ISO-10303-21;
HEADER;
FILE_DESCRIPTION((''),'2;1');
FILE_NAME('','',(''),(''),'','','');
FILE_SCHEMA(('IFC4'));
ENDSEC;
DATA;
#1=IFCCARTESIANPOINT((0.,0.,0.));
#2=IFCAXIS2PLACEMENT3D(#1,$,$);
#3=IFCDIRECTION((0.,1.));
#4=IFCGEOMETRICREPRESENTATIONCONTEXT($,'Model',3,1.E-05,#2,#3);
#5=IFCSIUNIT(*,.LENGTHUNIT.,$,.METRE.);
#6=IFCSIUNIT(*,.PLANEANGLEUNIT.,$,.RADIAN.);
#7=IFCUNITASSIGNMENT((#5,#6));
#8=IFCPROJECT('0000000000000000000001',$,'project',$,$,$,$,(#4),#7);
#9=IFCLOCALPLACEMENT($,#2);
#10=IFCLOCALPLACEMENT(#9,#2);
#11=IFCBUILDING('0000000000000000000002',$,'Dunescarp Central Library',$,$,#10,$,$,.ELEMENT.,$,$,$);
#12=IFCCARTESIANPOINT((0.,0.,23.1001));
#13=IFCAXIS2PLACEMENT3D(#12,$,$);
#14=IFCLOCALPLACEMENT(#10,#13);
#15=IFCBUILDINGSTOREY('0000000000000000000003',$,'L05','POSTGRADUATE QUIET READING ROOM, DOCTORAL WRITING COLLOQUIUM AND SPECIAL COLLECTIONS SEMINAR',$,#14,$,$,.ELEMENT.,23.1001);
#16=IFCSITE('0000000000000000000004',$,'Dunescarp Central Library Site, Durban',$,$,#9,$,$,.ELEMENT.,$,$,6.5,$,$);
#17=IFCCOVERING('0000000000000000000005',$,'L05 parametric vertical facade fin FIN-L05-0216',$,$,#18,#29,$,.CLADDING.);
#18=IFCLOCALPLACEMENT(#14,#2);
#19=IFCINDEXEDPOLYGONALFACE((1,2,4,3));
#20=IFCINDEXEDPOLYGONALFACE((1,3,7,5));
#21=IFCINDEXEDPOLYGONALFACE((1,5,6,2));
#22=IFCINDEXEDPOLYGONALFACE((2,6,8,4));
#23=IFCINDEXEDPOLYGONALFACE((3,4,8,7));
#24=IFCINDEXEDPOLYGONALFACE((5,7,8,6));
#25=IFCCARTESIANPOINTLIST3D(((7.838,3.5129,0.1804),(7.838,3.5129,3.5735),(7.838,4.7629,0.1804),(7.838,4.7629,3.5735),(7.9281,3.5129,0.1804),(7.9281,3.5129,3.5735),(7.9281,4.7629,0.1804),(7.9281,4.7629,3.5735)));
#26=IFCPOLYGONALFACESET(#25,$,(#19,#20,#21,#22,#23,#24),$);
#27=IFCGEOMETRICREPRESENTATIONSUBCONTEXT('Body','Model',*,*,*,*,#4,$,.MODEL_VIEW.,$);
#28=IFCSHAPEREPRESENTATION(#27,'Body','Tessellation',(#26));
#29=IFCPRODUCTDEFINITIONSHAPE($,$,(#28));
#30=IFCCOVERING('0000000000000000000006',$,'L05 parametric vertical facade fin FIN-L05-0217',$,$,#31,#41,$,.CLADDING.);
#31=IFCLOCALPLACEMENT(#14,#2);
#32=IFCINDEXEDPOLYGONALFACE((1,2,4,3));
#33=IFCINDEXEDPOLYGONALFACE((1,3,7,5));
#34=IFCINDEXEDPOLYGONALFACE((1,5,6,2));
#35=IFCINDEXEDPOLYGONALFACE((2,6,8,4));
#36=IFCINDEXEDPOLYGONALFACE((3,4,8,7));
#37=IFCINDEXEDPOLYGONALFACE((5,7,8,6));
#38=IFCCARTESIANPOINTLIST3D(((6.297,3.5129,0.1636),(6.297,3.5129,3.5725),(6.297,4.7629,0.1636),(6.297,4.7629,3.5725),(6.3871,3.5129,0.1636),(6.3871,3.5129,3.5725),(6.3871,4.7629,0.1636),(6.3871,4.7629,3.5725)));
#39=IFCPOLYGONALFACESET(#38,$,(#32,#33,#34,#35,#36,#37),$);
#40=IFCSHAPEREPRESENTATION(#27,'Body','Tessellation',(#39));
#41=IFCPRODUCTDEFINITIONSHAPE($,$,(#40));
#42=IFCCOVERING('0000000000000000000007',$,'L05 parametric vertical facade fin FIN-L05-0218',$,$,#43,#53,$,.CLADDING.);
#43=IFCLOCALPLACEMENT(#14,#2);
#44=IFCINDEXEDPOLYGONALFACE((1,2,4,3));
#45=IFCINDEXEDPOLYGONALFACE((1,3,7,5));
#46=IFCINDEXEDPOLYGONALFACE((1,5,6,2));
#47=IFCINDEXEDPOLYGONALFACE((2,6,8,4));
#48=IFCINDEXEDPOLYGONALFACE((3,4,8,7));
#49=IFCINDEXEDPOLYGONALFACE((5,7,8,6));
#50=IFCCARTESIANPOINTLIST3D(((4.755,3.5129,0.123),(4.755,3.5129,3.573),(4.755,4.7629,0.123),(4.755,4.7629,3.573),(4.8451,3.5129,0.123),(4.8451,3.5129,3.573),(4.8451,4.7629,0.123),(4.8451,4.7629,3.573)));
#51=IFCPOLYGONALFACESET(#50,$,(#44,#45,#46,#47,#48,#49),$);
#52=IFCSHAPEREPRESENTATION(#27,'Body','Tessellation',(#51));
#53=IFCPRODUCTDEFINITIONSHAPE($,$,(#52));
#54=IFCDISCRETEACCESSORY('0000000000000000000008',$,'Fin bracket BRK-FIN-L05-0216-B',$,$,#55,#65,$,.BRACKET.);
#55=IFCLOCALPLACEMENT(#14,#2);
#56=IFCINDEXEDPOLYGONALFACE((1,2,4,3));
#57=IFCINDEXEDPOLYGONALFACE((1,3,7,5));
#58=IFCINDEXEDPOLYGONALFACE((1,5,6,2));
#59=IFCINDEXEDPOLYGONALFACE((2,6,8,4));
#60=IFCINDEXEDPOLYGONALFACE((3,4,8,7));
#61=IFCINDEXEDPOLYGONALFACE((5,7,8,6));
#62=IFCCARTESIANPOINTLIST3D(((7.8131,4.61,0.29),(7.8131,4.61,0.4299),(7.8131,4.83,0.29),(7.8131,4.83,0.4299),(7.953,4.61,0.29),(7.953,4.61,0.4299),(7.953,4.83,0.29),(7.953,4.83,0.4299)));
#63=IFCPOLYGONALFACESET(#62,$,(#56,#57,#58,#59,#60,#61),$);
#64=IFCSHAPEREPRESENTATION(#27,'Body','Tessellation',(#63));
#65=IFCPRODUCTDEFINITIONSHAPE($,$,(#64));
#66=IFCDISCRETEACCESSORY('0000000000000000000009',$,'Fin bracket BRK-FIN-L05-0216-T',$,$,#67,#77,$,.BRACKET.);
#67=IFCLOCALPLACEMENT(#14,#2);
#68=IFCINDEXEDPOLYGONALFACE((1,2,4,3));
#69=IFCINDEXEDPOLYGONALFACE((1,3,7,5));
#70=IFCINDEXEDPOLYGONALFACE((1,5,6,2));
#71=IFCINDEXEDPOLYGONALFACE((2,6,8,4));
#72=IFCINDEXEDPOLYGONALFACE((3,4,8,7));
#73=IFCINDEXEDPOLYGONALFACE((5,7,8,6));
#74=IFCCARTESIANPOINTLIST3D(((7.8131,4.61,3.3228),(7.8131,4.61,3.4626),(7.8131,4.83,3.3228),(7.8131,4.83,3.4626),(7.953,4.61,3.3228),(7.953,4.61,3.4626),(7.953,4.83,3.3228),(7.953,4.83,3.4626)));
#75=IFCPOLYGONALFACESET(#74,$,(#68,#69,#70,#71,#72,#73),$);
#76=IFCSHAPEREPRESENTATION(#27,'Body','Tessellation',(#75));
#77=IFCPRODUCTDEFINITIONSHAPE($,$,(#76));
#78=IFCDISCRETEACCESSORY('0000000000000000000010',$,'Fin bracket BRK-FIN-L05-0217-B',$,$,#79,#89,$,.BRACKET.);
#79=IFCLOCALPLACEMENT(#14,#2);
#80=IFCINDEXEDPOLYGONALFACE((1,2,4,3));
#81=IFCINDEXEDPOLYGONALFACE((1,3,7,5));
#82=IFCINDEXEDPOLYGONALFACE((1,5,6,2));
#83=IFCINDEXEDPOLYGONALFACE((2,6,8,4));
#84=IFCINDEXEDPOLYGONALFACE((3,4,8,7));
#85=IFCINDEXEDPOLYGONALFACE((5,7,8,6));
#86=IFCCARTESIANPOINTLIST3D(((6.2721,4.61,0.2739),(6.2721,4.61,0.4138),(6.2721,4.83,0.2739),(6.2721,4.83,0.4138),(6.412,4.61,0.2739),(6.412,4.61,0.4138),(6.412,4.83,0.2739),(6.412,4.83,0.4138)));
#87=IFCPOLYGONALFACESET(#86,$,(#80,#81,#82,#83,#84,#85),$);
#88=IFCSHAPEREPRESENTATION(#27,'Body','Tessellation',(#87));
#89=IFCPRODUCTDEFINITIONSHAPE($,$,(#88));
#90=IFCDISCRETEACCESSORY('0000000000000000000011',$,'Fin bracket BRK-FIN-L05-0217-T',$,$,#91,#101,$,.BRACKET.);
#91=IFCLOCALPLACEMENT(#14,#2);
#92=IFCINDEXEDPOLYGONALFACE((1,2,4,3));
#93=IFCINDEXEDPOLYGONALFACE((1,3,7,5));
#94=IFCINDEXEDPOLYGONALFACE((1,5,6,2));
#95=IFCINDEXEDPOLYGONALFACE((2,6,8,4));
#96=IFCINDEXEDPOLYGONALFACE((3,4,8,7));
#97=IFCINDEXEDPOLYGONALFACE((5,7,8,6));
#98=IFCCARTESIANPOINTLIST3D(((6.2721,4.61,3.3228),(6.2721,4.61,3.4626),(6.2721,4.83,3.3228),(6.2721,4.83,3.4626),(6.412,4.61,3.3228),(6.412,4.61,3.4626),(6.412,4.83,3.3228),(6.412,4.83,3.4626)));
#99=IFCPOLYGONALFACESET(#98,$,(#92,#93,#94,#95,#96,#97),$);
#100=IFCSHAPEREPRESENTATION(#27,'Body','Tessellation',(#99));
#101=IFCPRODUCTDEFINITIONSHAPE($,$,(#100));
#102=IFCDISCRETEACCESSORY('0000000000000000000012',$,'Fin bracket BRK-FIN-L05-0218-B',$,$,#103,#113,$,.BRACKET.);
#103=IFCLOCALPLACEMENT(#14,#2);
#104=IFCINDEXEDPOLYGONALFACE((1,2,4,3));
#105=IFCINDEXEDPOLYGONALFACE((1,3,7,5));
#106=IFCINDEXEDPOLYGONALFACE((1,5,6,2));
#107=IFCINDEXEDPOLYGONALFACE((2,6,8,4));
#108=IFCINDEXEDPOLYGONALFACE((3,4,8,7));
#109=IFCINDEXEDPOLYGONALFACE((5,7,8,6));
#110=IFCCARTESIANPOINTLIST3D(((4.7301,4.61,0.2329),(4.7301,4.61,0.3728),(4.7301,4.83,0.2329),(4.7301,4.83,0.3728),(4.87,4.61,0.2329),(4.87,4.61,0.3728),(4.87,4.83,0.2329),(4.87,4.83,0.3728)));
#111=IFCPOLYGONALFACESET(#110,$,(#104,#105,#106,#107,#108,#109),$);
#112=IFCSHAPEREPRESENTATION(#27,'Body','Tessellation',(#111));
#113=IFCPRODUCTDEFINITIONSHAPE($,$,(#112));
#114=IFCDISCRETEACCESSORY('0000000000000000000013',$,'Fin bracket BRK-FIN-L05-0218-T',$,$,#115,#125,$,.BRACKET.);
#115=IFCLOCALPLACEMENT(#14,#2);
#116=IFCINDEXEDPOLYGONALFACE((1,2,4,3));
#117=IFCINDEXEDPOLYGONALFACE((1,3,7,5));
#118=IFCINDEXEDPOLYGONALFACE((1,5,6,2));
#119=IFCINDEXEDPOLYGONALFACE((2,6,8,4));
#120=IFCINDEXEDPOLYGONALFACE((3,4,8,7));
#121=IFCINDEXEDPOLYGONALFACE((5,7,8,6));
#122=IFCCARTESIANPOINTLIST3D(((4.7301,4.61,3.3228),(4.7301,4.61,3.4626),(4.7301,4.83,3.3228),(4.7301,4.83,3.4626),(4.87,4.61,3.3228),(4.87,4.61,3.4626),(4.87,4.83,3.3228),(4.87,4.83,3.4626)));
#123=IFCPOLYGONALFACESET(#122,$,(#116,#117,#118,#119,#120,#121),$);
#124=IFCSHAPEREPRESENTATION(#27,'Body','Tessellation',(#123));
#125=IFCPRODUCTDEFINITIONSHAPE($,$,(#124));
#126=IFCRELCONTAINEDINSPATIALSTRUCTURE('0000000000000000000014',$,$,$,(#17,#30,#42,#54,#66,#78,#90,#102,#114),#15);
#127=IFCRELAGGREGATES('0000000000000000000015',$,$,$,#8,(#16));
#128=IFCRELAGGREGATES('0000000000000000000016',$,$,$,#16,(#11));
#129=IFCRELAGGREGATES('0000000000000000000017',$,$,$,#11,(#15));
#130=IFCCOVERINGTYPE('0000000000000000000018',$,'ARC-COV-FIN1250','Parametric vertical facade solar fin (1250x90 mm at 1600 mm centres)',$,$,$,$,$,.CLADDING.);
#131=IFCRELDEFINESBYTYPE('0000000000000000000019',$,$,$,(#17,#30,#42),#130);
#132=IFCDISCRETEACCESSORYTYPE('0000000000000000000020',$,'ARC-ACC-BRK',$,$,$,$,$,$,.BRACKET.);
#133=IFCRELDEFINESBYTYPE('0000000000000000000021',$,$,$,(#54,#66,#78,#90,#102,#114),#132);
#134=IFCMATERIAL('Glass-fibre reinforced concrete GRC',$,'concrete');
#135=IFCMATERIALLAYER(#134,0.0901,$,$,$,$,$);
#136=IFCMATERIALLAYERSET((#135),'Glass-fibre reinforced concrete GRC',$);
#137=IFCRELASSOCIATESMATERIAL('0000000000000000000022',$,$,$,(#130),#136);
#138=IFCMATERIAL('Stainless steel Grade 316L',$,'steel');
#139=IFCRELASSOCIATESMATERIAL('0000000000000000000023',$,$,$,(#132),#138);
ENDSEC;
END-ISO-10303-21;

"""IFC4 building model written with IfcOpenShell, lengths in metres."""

from ifc_helpers import new_model, si_unit, direction, frame, origin, origin_2d, place, context, subcontext, project, spatial, rectangle, extrude, material, layer, layer_set, type_object, element, save


model = new_model("IFC4")

# Units and contexts
model_context = context("Model", 3, precision=1e-05, world=origin(), true_north=direction((0.0, 1.0)))
body_context = subcontext(model_context, "Body", "Model", "MODEL_VIEW")
ifc_project = project(units=[si_unit("LENGTHUNIT", "METRE"), si_unit("PLANEANGLEUNIT", "RADIAN")], contexts=[model_context])

# Site, building, storey
site_placement = place(None, origin())
site = spatial("IfcSite", under=ifc_project, at=site_placement, Name="Dunescarp Central Library Site, Durban", CompositionType="ELEMENT", RefElevation=6.5)
building_placement = place(site_placement, origin())
building = spatial("IfcBuilding", under=site, at=building_placement, Name="Dunescarp Central Library", CompositionType="ELEMENT")
storey_placement = place(building_placement, frame((0.0, 0.0, 23.1001)))
storey = spatial("IfcBuildingStorey", under=building, at=storey_placement, Name="L05", Description="POSTGRADUATE QUIET READING ROOM, DOCTORAL WRITING COLLOQUIUM AND SPECIAL COLLECTIONS SEMINAR", CompositionType="ELEMENT", Elevation=23.1001)

# Coverings
ifc_material_1 = material(Name="Glass-fibre reinforced concrete GRC", Category="concrete")
ifc_layer_1 = layer(ifc_material_1, 0.0901)
ifc_layer_set_1 = layer_set([ifc_layer_1], Name="Glass-fibre reinforced concrete GRC")
covering_type = type_object("IfcCoveringType", Name="ARC-COV-FIN1250", Description="Parametric vertical facade solar fin (1250x90 mm at 1600 mm centres)", PredefinedType="CLADDING", material=ifc_layer_set_1)
covering_1_placement = place(storey_placement, frame((7.8831, 4.1379, 0.1804), z_axis=(0.0, 0.0, 1.0), x_axis=(0.0, -1.0, 0.0)))
element("IfcCovering", 1, at=covering_1_placement, inside=storey, type_object=covering_type, Name="L05 parametric vertical facade fin FIN-L05-0216", PredefinedType="CLADDING", context=body_context, shape_type="SweptSolid", body=[
    extrude(rectangle(XDim=1.25, YDim=0.0901, at=origin_2d()), origin(), (0.0, 0.0, 1.0), 3.3931),
])
covering_2_placement = place(storey_placement, frame((6.342, 4.1379, 0.1636), z_axis=(0.0, 0.0, 1.0), x_axis=(0.0, -1.0, 0.0)))
element("IfcCovering", 2, at=covering_2_placement, inside=storey, type_object=covering_type, Name="L05 parametric vertical facade fin FIN-L05-0217", PredefinedType="CLADDING", context=body_context, shape_type="SweptSolid", body=[
    extrude(rectangle(XDim=1.25, YDim=0.0901, at=origin_2d()), origin(), (0.0, 0.0, 1.0), 3.4089),
])
covering_3_placement = place(storey_placement, frame((4.8, 4.1379, 0.123), z_axis=(0.0, 0.0, 1.0), x_axis=(0.0, -1.0, 0.0)))
element("IfcCovering", 3, at=covering_3_placement, inside=storey, type_object=covering_type, Name="L05 parametric vertical facade fin FIN-L05-0218", PredefinedType="CLADDING", context=body_context, shape_type="SweptSolid", body=[
    extrude(rectangle(XDim=1.25, YDim=0.0901, at=origin_2d()), origin(), (0.0, 0.0, 1.0), 3.45),
])

# Discrete accessories
ifc_material_2 = material(Name="Stainless steel Grade 316L", Category="steel")
discrete_accessory_type = type_object("IfcDiscreteAccessoryType", Name="ARC-ACC-BRK", PredefinedType="BRACKET", material=ifc_material_2)
for number, where, z_axis, x_axis, name in (
    (4, (7.8831, 4.72, 0.29), (0.0, 0.0, 1.0), (0.0, -1.0, 0.0), "Fin bracket BRK-FIN-L05-0216-B"),
    (5, (7.8831, 4.72, 3.3228), (0.0, 0.0, 1.0), (0.0, -1.0, 0.0), "Fin bracket BRK-FIN-L05-0216-T"),
    (6, (6.342, 4.72, 0.2739), (0.0, 0.0, 1.0), (0.0, -1.0, 0.0), "Fin bracket BRK-FIN-L05-0217-B"),
    (7, (6.342, 4.72, 3.3228), (0.0, 0.0, 1.0), (0.0, -1.0, 0.0), "Fin bracket BRK-FIN-L05-0217-T"),
    (8, (4.8, 4.72, 0.2329), (0.0, 0.0, 1.0), (0.0, -1.0, 0.0), "Fin bracket BRK-FIN-L05-0218-B"),
    (9, (4.8, 4.72, 3.3228), (0.0, 0.0, 1.0), (0.0, -1.0, 0.0), "Fin bracket BRK-FIN-L05-0218-T"),
):
    element("IfcDiscreteAccessory", number, at=place(storey_placement, frame(where, z_axis=z_axis, x_axis=x_axis)), inside=storey, type_object=discrete_accessory_type, Name=name, PredefinedType="BRACKET", context=body_context, shape_type="SweptSolid", body=[
        extrude(rectangle(XDim=0.22, YDim=0.1399, at=origin_2d()), origin(), (0.0, 0.0, 1.0), 0.1399),
    ])

save(model, "model.ifc")
